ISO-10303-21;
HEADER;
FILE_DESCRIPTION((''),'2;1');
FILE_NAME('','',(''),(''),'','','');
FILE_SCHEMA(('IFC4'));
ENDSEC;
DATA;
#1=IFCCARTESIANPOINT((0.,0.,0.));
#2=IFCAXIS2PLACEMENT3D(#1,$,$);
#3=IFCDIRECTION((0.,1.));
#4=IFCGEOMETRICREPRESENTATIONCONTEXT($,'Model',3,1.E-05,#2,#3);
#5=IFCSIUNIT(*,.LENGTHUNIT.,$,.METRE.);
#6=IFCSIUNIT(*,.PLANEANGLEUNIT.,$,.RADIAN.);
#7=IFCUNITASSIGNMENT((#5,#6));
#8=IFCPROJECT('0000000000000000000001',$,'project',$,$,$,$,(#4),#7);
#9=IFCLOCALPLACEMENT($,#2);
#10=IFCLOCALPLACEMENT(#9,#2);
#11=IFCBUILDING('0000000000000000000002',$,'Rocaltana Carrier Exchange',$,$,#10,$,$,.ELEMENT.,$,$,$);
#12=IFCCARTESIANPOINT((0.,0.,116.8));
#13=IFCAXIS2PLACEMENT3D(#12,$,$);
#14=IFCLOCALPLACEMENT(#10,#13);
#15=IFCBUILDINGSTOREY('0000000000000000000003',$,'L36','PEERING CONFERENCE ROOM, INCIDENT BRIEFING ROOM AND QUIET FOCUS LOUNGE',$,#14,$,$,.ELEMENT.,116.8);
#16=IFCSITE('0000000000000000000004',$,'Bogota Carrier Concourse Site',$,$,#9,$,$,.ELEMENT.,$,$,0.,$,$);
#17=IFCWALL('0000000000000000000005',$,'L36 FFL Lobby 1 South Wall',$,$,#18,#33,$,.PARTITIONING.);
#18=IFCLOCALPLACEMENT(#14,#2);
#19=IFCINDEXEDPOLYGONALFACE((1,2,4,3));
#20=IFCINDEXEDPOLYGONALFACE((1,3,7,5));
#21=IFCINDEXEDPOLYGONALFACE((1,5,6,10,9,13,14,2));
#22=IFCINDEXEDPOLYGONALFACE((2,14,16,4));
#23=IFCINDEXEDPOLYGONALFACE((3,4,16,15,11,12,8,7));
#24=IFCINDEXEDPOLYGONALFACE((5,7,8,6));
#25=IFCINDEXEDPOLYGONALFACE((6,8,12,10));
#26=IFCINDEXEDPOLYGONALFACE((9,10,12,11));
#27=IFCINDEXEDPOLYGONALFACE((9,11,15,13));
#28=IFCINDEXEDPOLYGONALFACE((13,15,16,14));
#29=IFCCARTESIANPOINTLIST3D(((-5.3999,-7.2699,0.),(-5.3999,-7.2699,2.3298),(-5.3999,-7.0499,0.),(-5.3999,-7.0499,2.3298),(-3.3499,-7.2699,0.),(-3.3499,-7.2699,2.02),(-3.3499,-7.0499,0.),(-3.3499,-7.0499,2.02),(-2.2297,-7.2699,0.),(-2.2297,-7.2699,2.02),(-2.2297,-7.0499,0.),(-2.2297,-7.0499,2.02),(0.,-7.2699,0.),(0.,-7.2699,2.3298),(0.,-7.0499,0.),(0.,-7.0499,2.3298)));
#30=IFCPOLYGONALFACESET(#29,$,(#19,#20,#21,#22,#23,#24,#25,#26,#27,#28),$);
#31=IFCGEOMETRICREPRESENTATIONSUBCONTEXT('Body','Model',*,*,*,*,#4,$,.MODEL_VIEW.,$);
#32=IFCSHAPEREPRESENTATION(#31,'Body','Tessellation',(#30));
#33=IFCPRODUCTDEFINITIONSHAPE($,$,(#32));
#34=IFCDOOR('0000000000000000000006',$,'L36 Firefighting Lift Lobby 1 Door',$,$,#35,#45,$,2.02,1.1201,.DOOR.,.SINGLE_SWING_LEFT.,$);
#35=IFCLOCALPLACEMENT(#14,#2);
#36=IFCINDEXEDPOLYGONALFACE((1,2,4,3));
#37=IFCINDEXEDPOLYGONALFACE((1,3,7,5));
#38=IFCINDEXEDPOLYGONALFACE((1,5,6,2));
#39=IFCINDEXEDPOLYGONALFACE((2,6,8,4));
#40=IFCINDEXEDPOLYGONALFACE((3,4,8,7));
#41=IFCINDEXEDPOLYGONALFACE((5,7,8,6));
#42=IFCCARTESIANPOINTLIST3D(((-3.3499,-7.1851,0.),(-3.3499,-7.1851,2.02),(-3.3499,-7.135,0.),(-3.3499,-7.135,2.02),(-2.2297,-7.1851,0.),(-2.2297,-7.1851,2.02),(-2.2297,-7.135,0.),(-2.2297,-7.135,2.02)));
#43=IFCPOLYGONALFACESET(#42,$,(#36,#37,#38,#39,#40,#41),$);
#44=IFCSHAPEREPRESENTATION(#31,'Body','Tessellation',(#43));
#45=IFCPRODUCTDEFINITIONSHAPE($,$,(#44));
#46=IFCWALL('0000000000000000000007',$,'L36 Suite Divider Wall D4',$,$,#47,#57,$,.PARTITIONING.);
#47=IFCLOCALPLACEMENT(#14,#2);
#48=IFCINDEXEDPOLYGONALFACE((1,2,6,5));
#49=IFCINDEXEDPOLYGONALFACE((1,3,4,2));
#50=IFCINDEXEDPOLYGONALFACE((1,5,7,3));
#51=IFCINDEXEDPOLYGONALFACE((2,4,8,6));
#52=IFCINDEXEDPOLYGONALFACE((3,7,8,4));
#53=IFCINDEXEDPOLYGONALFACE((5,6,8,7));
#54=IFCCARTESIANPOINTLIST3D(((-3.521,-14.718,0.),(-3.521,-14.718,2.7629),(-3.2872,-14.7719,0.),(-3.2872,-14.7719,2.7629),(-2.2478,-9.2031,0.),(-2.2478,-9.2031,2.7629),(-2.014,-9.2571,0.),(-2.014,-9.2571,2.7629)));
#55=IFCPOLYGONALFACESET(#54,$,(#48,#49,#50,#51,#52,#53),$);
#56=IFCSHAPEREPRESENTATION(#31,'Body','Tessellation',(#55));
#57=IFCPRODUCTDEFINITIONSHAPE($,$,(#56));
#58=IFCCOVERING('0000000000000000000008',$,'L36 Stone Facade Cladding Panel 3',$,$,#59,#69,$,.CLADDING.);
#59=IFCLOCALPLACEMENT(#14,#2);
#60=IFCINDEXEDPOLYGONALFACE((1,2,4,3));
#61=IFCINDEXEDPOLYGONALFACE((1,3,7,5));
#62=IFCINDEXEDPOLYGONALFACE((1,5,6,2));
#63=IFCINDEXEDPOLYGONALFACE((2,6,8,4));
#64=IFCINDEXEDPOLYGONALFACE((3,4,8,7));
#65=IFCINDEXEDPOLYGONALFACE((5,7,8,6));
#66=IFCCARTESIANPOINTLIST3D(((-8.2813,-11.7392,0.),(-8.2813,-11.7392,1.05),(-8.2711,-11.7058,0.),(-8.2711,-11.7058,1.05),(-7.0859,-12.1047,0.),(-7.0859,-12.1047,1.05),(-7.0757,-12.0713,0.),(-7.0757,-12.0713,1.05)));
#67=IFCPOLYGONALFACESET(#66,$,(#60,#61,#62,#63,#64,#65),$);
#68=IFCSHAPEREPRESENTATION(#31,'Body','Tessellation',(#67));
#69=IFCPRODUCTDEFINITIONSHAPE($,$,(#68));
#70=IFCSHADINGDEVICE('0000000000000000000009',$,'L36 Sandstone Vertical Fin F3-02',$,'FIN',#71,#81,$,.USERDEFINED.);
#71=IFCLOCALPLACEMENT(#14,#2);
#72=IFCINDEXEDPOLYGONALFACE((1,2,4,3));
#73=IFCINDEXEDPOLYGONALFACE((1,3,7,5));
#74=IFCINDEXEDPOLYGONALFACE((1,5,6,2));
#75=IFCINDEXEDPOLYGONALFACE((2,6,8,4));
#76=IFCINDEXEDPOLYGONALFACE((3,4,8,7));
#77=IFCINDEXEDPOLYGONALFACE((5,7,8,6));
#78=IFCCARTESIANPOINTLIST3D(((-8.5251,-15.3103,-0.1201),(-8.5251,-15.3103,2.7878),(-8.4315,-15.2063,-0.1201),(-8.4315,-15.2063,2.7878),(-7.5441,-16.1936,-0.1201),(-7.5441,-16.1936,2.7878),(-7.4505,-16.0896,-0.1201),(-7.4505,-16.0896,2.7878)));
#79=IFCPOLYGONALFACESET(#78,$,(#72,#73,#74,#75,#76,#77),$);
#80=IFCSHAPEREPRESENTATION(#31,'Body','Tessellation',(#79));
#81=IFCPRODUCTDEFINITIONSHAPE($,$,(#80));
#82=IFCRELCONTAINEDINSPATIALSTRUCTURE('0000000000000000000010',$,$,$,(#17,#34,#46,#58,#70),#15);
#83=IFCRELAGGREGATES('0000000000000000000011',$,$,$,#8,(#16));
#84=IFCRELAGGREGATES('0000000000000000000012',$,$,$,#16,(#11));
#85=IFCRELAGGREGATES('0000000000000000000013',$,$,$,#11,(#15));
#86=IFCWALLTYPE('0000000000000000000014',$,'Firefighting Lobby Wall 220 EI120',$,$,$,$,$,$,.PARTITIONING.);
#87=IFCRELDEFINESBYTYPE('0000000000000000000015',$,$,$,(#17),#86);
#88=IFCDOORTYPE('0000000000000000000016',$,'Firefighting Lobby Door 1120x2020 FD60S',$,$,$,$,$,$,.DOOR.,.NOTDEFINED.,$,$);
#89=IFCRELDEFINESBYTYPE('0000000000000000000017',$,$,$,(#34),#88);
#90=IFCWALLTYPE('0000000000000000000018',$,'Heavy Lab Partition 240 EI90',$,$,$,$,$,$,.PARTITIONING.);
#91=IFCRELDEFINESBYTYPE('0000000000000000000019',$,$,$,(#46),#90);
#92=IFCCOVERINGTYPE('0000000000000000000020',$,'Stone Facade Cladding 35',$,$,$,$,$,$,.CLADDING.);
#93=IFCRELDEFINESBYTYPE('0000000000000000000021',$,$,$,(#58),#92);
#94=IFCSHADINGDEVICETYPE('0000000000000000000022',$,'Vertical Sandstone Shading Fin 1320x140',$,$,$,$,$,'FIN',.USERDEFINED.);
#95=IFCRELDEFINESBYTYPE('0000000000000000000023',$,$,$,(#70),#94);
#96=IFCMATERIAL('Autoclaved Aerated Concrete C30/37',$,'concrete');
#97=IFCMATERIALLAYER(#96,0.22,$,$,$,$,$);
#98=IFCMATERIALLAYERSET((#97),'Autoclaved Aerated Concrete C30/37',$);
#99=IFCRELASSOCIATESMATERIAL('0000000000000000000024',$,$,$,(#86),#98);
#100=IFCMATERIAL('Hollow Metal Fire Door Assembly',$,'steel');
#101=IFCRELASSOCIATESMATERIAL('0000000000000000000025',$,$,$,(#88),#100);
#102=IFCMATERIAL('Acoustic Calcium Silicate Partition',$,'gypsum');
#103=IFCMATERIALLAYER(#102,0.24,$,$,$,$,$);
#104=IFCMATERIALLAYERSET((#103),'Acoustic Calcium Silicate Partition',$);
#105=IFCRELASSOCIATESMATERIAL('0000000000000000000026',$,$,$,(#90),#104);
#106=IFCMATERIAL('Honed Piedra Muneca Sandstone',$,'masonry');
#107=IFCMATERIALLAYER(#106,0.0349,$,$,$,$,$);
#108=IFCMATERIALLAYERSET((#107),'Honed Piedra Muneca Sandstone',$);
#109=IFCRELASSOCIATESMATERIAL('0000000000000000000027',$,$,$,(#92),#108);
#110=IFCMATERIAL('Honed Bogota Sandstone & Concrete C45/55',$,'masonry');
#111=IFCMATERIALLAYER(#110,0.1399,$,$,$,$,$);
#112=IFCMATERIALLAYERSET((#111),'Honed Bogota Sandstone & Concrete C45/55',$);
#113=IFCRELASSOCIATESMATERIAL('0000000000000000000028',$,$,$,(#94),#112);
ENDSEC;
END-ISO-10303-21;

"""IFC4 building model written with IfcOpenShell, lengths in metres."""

from ifc_helpers import new_model, si_unit, direction, frame, frame_2d, origin, origin_2d, place, context, subcontext, project, spatial, rectangle, extrude, material, layer, layer_set, type_object, element, fill, save


model = new_model("IFC4")

# Units and contexts
model_context = context("Model", 3, precision=1e-05, world=origin(), true_north=direction((0.0, 1.0)))
body_context = subcontext(model_context, "Body", "Model", "MODEL_VIEW")
ifc_project = project(units=[si_unit("LENGTHUNIT", "METRE"), si_unit("PLANEANGLEUNIT", "RADIAN")], contexts=[model_context])

# Site, building, storey
site_placement = place(None, origin())
site = spatial("IfcSite", under=ifc_project, at=site_placement, Name="Bogota Carrier Concourse Site", CompositionType="ELEMENT", RefElevation=0.0)
building_placement = place(site_placement, origin())
building = spatial("IfcBuilding", under=site, at=building_placement, Name="Rocaltana Carrier Exchange", CompositionType="ELEMENT")
storey_placement = place(building_placement, frame((0.0, 0.0, 116.8)))
storey = spatial("IfcBuildingStorey", under=building, at=storey_placement, Name="L36", Description="PEERING CONFERENCE ROOM, INCIDENT BRIEFING ROOM AND QUIET FOCUS LOUNGE", CompositionType="ELEMENT", Elevation=116.8)

# Shared definitions
ifc_material_1 = material(Name="Autoclaved Aerated Concrete C30/37", Category="concrete")
ifc_layer_1 = layer(ifc_material_1, 0.22)
ifc_layer_set_1 = layer_set([ifc_layer_1], Name="Autoclaved Aerated Concrete C30/37")
wall_type_1 = type_object("IfcWallType", Name="Firefighting Lobby Wall 220 EI120", PredefinedType="PARTITIONING", material=ifc_layer_set_1)

# Wall, opening, door
wall_1_placement = place(storey_placement, frame((-5.3999, -7.1599, 0.0), z_axis=(0.0, 0.0, 1.0), x_axis=(1.0, 0.0, 0.0)))
wall_1 = element("IfcWall", 1, at=wall_1_placement, inside=storey, type_object=wall_type_1, Name="L36 FFL Lobby 1 South Wall", PredefinedType="PARTITIONING", context=body_context, shape_type="SweptSolid", body=[
    extrude(rectangle(XDim=5.3999, YDim=0.22, at=frame_2d((2.7, 0.0))), origin(), (0.0, 0.0, 1.0), 2.3298),
])
opening_1_placement = place(wall_1_placement, frame((2.05, 0.0, 0.0)))
opening_1 = element("IfcOpeningElement", 2, at=opening_1_placement, cuts=wall_1, PredefinedType="OPENING", context=body_context, shape_type="SweptSolid", body=[
    extrude(rectangle(XDim=1.1201, YDim=2.02, at=frame_2d((0.5601, 1.01))), frame((0.0, 0.1199, 0.0), z_axis=(0.0, -1.0, 0.0), x_axis=(1.0, 0.0, 0.0)), (0.0, 0.0, 1.0), 0.24),
])
ifc_material_2 = material(Name="Hollow Metal Fire Door Assembly", Category="steel")
door_type_1 = type_object("IfcDoorType", Name="Firefighting Lobby Door 1120x2020 FD60S", OperationType="NOTDEFINED", PredefinedType="DOOR", material=ifc_material_2)
door_1_placement = place(opening_1_placement, origin())
door_1 = element("IfcDoor", 3, at=door_1_placement, inside=storey, type_object=door_type_1, Name="L36 Firefighting Lift Lobby 1 Door", OperationType="SINGLE_SWING_LEFT", OverallHeight=2.02, OverallWidth=1.1201, PredefinedType="DOOR", context=body_context, shape_type="SweptSolid", body=[
    extrude(rectangle(XDim=1.1201, YDim=2.02, at=frame_2d((0.5601, 1.01))), frame((0.0, 0.0249, 0.0), z_axis=(0.0, -1.0, 0.0), x_axis=(1.0, 0.0, 0.0)), (0.0, 0.0, 1.0), 0.05),
])
fill(opening_1, door_1)

# Wall
ifc_material_3 = material(Name="Acoustic Calcium Silicate Partition", Category="gypsum")
ifc_layer_2 = layer(ifc_material_3, 0.24)
ifc_layer_set_2 = layer_set([ifc_layer_2], Name="Acoustic Calcium Silicate Partition")
wall_type_2 = type_object("IfcWallType", Name="Heavy Lab Partition 240 EI90", PredefinedType="PARTITIONING", material=ifc_layer_set_2)
wall_2_placement = place(storey_placement, frame((-2.1309, -9.23, 0.0), z_axis=(0.0, 0.0, 1.0), x_axis=(-0.224948, -0.974371, 0.0)))
element("IfcWall", 4, at=wall_2_placement, inside=storey, type_object=wall_type_2, Name="L36 Suite Divider Wall D4", PredefinedType="PARTITIONING", context=body_context, shape_type="SweptSolid", body=[
    extrude(rectangle(XDim=5.6599, YDim=0.24, at=frame_2d((2.8301, 0.0))), origin(), (0.0, 0.0, 1.0), 2.7629),
])

# Covering
ifc_material_4 = material(Name="Honed Piedra Muneca Sandstone", Category="masonry")
ifc_layer_3 = layer(ifc_material_4, 0.0349)
ifc_layer_set_3 = layer_set([ifc_layer_3], Name="Honed Piedra Muneca Sandstone")
covering_type = type_object("IfcCoveringType", Name="Stone Facade Cladding 35", PredefinedType="CLADDING", material=ifc_layer_set_3)
covering_placement = place(storey_placement, frame((-7.6785, -11.9053, 0.0), z_axis=(0.0, 0.0, 1.0), x_axis=(-0.956305, 0.292372, 0.0)))
element("IfcCovering", 5, at=covering_placement, inside=storey, type_object=covering_type, Name="L36 Stone Facade Cladding Panel 3", PredefinedType="CLADDING", context=body_context, shape_type="SweptSolid", body=[
    extrude(rectangle(XDim=1.25, YDim=0.0349, at=origin_2d()), origin(), (0.0, 0.0, 1.0), 1.05),
])

# Shading device
ifc_material_5 = material(Name="Honed Bogota Sandstone & Concrete C45/55", Category="masonry")
ifc_layer_4 = layer(ifc_material_5, 0.1399)
ifc_layer_set_4 = layer_set([ifc_layer_4], Name="Honed Bogota Sandstone & Concrete C45/55")
shading_device_type = type_object("IfcShadingDeviceType", Name="Vertical Sandstone Shading Fin 1320x140", ElementType="FIN", PredefinedType="USERDEFINED", material=ifc_layer_set_4)
shading_device_placement = place(storey_placement, frame((-7.9878, -15.7, -0.1201), z_axis=(0.0, 0.0, 1.0), x_axis=(0.743145, -0.669131, 0.0)))
element("IfcShadingDevice", 6, at=shading_device_placement, inside=storey, type_object=shading_device_type, Name="L36 Sandstone Vertical Fin F3-02", ObjectType="FIN", PredefinedType="USERDEFINED", context=body_context, shape_type="SweptSolid", body=[
    extrude(rectangle(XDim=1.3201, YDim=0.1399, at=origin_2d()), origin(), (0.0, 0.0, 1.0), 2.908),
])

save(model, "model.ifc")
